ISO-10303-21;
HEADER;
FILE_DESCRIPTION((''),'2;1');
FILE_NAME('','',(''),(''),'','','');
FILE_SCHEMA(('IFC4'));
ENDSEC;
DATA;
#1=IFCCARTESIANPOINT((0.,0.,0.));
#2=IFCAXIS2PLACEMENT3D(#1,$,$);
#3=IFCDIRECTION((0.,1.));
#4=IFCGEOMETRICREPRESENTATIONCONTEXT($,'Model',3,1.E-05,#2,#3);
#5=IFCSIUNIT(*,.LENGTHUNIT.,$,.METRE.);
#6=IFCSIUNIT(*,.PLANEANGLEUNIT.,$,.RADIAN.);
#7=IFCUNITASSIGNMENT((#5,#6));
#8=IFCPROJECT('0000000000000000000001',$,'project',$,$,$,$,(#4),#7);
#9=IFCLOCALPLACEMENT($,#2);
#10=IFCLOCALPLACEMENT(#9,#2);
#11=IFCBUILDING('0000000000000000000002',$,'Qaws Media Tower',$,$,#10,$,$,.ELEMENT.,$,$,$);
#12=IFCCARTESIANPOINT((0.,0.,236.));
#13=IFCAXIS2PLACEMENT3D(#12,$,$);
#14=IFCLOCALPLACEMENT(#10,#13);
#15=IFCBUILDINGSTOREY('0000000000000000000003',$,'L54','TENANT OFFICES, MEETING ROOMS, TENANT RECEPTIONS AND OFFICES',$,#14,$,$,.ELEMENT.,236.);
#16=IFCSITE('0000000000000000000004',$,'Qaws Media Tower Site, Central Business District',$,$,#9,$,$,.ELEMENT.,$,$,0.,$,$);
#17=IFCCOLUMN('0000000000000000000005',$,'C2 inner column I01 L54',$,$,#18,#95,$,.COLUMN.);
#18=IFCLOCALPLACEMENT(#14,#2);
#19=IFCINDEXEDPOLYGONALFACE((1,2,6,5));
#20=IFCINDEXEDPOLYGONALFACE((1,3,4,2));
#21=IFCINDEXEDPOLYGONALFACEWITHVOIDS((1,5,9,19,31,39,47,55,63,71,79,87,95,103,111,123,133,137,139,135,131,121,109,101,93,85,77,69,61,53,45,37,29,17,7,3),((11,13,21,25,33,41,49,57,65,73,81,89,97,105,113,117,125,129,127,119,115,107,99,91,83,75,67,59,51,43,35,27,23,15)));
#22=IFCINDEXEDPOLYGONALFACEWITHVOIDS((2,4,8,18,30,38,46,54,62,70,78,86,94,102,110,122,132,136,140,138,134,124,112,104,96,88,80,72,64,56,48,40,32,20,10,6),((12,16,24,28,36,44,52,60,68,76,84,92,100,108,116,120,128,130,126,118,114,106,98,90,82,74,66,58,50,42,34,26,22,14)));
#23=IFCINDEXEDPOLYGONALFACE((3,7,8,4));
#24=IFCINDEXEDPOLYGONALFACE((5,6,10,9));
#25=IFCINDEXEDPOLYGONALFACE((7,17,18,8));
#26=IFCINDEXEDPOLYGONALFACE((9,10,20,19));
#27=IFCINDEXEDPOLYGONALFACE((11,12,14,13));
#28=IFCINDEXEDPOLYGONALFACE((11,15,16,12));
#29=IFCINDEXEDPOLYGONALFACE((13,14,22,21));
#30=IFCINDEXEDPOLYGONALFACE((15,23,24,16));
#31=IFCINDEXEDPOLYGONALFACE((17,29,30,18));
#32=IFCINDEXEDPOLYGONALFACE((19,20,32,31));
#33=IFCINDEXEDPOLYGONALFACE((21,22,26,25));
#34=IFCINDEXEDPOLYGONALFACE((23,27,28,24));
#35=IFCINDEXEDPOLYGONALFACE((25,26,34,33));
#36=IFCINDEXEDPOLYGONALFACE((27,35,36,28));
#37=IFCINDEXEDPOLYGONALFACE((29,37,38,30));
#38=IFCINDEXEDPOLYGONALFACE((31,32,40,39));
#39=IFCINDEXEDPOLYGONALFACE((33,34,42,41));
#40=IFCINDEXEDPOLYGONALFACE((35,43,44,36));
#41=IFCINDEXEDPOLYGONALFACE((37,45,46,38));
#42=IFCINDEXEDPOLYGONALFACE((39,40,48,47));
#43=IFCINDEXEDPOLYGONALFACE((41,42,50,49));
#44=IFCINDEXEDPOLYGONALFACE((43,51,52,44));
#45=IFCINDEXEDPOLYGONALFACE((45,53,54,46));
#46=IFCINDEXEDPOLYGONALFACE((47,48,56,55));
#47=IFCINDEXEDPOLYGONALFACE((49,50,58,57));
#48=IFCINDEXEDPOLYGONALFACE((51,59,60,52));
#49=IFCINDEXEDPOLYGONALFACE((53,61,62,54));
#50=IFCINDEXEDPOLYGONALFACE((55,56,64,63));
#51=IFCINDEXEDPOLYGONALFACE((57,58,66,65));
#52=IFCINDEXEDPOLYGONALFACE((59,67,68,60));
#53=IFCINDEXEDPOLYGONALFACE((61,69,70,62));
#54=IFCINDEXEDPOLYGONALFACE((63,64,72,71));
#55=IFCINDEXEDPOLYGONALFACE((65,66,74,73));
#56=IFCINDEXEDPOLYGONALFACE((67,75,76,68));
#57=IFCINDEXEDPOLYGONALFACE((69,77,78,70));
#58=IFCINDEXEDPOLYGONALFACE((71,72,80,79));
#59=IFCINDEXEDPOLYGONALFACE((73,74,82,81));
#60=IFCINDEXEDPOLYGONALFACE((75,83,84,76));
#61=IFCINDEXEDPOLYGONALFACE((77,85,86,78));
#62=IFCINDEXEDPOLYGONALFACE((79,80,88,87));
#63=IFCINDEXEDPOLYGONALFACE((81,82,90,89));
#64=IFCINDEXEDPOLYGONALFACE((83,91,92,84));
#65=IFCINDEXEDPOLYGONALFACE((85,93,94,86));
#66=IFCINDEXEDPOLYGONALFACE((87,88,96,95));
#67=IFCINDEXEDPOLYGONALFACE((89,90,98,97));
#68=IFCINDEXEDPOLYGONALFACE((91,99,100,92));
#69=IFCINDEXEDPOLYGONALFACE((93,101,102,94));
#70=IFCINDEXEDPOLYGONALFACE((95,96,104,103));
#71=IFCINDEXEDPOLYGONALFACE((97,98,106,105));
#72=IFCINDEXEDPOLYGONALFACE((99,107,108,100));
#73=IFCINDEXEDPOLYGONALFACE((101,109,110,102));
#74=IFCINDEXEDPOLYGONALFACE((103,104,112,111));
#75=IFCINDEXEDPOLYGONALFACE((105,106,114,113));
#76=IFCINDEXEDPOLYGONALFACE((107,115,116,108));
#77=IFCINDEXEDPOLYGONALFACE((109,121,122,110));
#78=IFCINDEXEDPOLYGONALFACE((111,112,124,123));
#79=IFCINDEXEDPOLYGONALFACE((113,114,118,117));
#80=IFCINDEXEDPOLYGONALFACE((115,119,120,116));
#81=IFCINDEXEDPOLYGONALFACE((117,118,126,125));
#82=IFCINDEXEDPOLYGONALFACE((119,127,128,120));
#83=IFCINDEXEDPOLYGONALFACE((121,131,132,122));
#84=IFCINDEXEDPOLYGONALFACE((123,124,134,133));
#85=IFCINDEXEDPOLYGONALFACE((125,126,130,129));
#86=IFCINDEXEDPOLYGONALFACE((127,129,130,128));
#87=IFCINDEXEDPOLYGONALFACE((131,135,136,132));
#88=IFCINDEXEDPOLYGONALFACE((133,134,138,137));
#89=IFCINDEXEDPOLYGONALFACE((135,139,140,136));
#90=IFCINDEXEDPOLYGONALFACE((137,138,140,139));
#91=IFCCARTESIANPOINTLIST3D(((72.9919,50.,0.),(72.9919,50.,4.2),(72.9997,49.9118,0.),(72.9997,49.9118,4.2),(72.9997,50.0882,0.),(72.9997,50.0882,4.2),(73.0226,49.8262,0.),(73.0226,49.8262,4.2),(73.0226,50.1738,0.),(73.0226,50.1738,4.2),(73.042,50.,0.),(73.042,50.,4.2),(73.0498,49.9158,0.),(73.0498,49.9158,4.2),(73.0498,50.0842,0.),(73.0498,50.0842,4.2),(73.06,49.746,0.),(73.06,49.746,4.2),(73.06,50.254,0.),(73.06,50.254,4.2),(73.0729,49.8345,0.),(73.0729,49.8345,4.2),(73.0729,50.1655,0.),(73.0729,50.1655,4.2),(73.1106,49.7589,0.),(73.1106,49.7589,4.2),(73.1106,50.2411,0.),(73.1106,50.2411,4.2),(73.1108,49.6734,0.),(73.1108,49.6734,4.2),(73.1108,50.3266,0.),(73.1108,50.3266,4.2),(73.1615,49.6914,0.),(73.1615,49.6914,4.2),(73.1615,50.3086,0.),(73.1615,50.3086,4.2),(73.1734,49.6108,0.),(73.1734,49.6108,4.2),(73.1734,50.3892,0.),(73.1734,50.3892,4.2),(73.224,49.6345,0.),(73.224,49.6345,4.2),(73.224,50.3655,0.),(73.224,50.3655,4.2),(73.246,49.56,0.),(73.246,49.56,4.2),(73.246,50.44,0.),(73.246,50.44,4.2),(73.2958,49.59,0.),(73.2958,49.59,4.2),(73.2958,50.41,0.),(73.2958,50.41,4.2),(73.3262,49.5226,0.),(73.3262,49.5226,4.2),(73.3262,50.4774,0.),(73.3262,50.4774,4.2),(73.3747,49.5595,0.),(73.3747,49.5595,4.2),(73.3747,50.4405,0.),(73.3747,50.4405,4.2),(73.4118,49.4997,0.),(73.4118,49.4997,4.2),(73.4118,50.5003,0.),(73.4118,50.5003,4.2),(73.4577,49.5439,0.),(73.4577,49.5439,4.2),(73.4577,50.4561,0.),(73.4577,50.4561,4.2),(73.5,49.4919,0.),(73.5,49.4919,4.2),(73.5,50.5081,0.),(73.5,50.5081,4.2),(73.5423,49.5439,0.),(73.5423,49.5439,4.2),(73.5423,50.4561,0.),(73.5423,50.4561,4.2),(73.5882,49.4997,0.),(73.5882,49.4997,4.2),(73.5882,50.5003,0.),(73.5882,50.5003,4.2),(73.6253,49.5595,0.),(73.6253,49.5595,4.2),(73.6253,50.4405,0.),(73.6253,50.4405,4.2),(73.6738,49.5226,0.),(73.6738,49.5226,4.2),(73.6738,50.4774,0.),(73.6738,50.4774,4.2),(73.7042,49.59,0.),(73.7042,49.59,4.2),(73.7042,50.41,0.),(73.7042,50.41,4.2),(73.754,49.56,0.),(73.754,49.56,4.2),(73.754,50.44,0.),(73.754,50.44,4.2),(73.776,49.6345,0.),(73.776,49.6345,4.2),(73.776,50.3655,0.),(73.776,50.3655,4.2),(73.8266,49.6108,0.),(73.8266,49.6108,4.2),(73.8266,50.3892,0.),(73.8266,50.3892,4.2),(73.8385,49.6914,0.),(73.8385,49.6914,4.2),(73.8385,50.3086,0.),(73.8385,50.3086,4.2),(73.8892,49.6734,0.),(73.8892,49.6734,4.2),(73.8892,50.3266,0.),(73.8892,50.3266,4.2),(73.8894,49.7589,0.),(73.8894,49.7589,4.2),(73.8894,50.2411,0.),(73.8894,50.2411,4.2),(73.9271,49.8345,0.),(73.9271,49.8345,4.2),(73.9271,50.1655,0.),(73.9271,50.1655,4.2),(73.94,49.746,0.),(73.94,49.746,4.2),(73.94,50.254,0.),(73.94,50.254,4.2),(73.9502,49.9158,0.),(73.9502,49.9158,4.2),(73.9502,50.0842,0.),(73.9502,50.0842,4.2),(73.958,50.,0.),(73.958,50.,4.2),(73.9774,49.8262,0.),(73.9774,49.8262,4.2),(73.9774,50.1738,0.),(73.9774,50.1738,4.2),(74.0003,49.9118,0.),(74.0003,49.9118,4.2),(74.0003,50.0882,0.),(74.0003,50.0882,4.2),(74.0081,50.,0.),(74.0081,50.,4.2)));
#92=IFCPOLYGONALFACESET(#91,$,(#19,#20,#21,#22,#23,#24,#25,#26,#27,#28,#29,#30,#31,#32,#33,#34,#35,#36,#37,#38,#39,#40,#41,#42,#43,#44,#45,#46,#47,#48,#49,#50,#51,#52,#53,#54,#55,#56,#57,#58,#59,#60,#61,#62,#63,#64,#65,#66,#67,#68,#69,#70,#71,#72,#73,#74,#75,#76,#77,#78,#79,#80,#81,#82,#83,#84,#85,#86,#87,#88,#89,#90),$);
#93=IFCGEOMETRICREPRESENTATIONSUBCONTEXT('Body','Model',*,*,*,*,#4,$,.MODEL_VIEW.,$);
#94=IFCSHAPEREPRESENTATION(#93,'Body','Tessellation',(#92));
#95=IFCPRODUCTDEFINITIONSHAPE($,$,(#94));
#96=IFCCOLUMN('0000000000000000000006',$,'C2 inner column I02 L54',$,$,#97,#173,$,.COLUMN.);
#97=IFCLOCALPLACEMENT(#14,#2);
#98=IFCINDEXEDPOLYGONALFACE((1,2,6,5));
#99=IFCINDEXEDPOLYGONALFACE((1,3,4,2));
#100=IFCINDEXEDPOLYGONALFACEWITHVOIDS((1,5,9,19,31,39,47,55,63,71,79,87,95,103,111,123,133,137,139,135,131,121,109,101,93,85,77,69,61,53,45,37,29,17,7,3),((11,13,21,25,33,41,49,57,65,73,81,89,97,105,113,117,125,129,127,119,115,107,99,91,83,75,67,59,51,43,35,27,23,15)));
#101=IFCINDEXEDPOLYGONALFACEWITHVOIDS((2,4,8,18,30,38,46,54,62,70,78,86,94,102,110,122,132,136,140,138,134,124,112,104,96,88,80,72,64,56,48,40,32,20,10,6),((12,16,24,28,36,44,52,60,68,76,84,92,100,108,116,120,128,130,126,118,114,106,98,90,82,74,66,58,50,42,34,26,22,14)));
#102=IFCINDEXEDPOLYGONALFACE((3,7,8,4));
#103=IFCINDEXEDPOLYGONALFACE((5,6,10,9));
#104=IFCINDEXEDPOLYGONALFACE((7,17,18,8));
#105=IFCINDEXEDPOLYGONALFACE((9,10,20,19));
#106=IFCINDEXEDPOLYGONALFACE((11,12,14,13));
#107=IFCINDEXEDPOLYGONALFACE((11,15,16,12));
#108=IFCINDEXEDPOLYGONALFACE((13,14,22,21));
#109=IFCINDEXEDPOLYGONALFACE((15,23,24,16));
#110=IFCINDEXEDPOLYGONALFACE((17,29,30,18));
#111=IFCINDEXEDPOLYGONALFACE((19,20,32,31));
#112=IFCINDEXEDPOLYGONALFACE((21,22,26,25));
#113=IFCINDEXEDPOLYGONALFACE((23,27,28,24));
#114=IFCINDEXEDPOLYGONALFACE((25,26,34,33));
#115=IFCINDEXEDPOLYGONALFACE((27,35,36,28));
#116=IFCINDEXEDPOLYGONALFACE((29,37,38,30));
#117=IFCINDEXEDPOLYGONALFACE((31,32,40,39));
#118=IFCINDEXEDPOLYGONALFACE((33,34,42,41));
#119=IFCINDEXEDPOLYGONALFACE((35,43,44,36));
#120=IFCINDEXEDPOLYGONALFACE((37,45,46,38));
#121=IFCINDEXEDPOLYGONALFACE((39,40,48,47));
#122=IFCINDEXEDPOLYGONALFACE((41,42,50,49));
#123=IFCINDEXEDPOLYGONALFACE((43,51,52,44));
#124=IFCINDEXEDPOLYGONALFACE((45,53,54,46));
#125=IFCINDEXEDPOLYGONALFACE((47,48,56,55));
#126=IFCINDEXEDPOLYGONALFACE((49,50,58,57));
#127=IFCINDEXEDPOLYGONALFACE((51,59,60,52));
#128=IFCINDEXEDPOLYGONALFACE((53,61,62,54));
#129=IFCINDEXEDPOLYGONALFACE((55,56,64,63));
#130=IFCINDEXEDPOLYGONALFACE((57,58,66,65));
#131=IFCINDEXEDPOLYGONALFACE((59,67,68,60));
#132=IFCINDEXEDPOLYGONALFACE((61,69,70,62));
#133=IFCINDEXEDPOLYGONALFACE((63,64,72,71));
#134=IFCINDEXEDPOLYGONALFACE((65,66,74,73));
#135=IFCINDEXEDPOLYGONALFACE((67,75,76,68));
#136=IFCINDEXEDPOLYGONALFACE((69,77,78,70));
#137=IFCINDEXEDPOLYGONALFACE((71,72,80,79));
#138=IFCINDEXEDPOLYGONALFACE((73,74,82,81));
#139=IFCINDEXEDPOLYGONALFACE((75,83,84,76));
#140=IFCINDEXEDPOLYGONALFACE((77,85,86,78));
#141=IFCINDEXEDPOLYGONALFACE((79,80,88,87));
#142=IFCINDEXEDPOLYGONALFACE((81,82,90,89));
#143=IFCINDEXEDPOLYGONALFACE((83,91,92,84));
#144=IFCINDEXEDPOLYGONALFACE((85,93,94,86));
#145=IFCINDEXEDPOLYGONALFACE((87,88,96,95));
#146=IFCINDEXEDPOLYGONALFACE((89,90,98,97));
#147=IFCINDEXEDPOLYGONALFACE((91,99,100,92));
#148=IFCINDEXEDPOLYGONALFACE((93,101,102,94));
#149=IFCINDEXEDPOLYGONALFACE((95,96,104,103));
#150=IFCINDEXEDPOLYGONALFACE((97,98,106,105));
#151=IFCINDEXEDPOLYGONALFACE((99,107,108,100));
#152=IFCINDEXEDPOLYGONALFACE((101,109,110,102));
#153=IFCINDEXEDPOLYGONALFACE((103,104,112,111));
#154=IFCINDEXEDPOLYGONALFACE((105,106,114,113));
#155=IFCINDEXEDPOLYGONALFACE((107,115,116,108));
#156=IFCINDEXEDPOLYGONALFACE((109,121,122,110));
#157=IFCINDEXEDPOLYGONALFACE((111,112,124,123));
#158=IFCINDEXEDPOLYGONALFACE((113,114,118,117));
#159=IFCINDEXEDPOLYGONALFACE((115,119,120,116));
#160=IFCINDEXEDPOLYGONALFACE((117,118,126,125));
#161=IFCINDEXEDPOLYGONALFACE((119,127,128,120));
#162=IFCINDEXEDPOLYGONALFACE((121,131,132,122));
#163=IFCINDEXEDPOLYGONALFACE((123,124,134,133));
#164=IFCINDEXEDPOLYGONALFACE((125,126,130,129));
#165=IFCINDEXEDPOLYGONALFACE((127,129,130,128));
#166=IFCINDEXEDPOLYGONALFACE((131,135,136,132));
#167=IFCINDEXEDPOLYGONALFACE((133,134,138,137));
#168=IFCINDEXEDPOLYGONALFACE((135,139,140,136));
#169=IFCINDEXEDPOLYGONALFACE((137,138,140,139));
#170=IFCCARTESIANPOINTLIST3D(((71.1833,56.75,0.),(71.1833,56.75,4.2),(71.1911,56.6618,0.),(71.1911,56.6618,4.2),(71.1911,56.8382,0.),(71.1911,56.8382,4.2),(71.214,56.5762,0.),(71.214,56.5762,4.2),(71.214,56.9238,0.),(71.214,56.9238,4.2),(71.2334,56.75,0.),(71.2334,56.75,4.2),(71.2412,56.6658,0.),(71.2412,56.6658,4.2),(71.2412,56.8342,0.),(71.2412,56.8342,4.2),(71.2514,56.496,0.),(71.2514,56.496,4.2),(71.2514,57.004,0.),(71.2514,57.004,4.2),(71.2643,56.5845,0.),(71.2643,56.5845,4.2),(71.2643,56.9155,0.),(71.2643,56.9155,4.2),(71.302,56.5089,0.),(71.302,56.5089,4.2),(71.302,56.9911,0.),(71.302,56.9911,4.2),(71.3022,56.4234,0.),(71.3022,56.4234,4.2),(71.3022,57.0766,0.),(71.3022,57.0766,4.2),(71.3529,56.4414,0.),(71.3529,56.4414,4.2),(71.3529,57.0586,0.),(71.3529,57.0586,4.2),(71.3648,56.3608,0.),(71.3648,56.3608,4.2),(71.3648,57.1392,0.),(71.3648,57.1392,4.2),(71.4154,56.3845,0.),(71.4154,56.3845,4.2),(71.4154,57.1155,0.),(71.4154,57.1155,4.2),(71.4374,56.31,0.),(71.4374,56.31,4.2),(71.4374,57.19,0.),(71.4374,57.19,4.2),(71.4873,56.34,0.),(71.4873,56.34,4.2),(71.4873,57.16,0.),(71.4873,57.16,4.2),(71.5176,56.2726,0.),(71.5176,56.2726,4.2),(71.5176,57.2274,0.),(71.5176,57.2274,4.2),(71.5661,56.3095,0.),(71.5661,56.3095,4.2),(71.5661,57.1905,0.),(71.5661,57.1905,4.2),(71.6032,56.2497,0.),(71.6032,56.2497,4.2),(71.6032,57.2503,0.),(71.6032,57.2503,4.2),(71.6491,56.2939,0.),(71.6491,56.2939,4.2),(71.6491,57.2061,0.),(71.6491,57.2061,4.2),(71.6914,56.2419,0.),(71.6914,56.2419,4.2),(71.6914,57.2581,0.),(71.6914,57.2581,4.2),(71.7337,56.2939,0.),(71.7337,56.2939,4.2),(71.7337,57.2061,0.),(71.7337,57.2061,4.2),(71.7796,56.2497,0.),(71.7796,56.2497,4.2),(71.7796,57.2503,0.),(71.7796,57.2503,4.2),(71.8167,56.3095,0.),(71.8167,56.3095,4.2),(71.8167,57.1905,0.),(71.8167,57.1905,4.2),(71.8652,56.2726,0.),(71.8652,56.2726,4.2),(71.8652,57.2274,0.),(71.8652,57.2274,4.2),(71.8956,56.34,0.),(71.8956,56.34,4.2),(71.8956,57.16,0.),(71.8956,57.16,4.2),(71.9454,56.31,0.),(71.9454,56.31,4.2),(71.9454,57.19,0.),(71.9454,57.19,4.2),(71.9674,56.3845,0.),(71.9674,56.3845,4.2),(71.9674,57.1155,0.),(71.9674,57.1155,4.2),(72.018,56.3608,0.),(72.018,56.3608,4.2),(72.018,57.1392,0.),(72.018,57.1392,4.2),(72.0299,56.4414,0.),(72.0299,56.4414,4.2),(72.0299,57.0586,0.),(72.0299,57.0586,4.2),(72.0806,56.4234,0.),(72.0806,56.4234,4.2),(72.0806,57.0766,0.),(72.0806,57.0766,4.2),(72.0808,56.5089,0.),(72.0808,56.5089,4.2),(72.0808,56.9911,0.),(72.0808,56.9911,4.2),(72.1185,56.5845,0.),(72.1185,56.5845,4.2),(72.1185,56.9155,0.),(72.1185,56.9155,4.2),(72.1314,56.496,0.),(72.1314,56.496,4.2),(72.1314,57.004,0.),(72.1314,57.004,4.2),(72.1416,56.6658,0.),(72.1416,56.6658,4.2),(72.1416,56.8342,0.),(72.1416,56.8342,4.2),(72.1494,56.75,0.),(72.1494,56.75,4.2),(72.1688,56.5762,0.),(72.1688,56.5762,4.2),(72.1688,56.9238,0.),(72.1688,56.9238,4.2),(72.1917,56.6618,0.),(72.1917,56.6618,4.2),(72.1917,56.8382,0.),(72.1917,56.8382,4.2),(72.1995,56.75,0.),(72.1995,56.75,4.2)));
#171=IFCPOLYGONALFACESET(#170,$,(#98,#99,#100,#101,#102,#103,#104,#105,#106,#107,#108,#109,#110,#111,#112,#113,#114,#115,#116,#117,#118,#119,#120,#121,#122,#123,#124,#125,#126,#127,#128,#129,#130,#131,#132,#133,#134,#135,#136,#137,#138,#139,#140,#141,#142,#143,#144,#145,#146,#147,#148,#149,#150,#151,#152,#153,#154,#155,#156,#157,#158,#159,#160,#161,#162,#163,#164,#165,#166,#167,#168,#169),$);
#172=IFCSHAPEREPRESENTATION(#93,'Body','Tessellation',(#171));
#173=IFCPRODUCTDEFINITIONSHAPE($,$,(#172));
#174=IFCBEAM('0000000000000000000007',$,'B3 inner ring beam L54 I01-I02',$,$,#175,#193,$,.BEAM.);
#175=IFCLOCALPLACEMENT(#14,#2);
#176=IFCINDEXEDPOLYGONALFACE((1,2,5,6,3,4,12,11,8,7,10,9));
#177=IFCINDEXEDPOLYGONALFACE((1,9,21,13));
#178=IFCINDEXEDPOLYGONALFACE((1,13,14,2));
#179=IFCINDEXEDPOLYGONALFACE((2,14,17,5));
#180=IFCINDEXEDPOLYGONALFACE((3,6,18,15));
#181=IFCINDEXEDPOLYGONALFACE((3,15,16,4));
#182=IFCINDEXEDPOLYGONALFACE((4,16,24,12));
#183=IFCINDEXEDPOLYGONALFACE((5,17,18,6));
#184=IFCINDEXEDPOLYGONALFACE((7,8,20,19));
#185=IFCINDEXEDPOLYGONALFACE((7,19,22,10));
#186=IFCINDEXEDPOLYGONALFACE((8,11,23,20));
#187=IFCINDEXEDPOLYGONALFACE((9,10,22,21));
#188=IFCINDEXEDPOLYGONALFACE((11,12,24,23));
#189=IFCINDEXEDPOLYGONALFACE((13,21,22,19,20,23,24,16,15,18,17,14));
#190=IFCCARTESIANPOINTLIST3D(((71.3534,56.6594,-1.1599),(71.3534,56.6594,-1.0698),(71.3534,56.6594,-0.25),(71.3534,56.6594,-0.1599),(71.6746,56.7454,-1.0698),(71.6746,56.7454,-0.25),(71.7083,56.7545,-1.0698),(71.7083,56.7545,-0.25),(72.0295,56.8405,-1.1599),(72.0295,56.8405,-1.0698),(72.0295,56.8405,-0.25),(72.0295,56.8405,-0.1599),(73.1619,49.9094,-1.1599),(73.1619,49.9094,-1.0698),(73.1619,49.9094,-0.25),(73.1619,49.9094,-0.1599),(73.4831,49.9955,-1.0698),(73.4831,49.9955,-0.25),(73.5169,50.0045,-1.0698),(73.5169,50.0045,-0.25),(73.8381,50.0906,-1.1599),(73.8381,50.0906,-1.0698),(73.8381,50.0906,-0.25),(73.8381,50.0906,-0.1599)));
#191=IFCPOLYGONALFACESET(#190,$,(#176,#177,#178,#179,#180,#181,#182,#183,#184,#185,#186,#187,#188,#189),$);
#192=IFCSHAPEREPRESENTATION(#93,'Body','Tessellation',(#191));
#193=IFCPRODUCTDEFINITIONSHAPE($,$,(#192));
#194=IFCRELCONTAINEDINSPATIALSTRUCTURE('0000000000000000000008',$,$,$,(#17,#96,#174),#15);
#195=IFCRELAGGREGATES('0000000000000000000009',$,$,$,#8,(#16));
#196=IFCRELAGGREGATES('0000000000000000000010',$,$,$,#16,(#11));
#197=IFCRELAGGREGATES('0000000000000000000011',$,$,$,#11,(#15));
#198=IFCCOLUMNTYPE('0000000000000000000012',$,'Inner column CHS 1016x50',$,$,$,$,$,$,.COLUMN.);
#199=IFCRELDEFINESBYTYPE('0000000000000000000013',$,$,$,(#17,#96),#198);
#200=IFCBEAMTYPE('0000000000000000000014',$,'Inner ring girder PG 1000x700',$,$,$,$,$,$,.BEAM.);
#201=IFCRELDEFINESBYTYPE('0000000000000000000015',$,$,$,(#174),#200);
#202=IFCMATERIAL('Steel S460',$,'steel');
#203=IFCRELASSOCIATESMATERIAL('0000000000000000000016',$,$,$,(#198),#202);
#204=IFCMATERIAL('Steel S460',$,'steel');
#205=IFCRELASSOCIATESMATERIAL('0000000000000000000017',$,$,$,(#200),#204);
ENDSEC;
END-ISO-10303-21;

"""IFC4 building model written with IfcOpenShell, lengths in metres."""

from ifc_helpers import new_model, si_unit, direction, frame, origin, origin_2d, place, context, subcontext, project, spatial, hollow_circle, i_section, extrude, material, material_profile, profile_set, type_object, element, save


model = new_model("IFC4")

# Units and contexts
model_context = context("Model", 3, precision=1e-05, world=origin(), true_north=direction((0.0, 1.0)))
body_context = subcontext(model_context, "Body", "Model", "MODEL_VIEW")
ifc_project = project(units=[si_unit("LENGTHUNIT", "METRE"), si_unit("PLANEANGLEUNIT", "RADIAN")], contexts=[model_context])

# Site, building, storey
site_placement = place(None, origin())
site = spatial("IfcSite", under=ifc_project, at=site_placement, Name="Qaws Media Tower Site, Central Business District", CompositionType="ELEMENT", RefElevation=0.0)
building_placement = place(site_placement, origin())
building = spatial("IfcBuilding", under=site, at=building_placement, Name="Qaws Media Tower", CompositionType="ELEMENT")
storey_placement = place(building_placement, frame((0.0, 0.0, 236.0)))
storey = spatial("IfcBuildingStorey", under=building, at=storey_placement, Name="L54", Description="TENANT OFFICES, MEETING ROOMS, TENANT RECEPTIONS AND OFFICES", CompositionType="ELEMENT", Elevation=236.0)

# Columns
ifc_material_1 = material(Name="Steel S460", Category="steel")
ifc_material_profile_1 = material_profile(ifc_material_1, hollow_circle(Radius=0.5081, WallThickness=0.05, at=origin_2d()), Name="CHS 1016x50")
ifc_profile_set_1 = profile_set([ifc_material_profile_1], Name="Steel S460")
column_type = type_object("IfcColumnType", Name="Inner column CHS 1016x50", PredefinedType="COLUMN", material=ifc_profile_set_1)
for number, where, z_axis, x_axis, name in (
    (1, (73.5, 50.0, 0.0), (0.0, 0.0, 1.0), (1.0, 0.0, 0.0), "C2 inner column I01 L54"),
    (2, (71.6914, 56.75, 0.0), (0.0, 0.0, 1.0), (1.0, 0.0, 0.0), "C2 inner column I02 L54"),
):
    element("IfcColumn", number, at=place(storey_placement, frame(where, z_axis=z_axis, x_axis=x_axis)), inside=storey, type_object=column_type, Name=name, PredefinedType="COLUMN", context=body_context, shape_type="SweptSolid", body=[
        extrude(hollow_circle(Radius=0.5081, WallThickness=0.05, at=origin_2d()), origin(), (0.0, 0.0, 1.0), 4.2),
    ])

# Beam
ifc_material_2 = material(Name="Steel S460", Category="steel")
ifc_material_profile_2 = material_profile(ifc_material_2, i_section(OverallWidth=0.7, OverallDepth=1.0, WebThickness=0.0349, FlangeThickness=0.0901, at=origin_2d()), Name="PG 1000x700")
ifc_profile_set_2 = profile_set([ifc_material_profile_2], Name="Steel S460")
beam_type_1 = type_object("IfcBeamType", Name="Inner ring girder PG 1000x700", PredefinedType="BEAM", material=ifc_profile_set_2)
beam_1_placement = place(storey_placement, frame((73.5, 50.0, -0.6599), z_axis=(-0.258811, 0.965928, 0.0), x_axis=(-0.965928, -0.258811, 0.0)))
element("IfcBeam", 3, at=beam_1_placement, inside=storey, type_object=beam_type_1, Name="B3 inner ring beam L54 I01-I02", PredefinedType="BEAM", context=body_context, shape_type="SweptSolid", body=[
    extrude(i_section(OverallWidth=0.7, OverallDepth=1.0, WebThickness=0.0349, FlangeThickness=0.0901, at=origin_2d()), origin(), (0.0, 0.0, 1.0), 6.988),
])

save(model, "model.ifc")
